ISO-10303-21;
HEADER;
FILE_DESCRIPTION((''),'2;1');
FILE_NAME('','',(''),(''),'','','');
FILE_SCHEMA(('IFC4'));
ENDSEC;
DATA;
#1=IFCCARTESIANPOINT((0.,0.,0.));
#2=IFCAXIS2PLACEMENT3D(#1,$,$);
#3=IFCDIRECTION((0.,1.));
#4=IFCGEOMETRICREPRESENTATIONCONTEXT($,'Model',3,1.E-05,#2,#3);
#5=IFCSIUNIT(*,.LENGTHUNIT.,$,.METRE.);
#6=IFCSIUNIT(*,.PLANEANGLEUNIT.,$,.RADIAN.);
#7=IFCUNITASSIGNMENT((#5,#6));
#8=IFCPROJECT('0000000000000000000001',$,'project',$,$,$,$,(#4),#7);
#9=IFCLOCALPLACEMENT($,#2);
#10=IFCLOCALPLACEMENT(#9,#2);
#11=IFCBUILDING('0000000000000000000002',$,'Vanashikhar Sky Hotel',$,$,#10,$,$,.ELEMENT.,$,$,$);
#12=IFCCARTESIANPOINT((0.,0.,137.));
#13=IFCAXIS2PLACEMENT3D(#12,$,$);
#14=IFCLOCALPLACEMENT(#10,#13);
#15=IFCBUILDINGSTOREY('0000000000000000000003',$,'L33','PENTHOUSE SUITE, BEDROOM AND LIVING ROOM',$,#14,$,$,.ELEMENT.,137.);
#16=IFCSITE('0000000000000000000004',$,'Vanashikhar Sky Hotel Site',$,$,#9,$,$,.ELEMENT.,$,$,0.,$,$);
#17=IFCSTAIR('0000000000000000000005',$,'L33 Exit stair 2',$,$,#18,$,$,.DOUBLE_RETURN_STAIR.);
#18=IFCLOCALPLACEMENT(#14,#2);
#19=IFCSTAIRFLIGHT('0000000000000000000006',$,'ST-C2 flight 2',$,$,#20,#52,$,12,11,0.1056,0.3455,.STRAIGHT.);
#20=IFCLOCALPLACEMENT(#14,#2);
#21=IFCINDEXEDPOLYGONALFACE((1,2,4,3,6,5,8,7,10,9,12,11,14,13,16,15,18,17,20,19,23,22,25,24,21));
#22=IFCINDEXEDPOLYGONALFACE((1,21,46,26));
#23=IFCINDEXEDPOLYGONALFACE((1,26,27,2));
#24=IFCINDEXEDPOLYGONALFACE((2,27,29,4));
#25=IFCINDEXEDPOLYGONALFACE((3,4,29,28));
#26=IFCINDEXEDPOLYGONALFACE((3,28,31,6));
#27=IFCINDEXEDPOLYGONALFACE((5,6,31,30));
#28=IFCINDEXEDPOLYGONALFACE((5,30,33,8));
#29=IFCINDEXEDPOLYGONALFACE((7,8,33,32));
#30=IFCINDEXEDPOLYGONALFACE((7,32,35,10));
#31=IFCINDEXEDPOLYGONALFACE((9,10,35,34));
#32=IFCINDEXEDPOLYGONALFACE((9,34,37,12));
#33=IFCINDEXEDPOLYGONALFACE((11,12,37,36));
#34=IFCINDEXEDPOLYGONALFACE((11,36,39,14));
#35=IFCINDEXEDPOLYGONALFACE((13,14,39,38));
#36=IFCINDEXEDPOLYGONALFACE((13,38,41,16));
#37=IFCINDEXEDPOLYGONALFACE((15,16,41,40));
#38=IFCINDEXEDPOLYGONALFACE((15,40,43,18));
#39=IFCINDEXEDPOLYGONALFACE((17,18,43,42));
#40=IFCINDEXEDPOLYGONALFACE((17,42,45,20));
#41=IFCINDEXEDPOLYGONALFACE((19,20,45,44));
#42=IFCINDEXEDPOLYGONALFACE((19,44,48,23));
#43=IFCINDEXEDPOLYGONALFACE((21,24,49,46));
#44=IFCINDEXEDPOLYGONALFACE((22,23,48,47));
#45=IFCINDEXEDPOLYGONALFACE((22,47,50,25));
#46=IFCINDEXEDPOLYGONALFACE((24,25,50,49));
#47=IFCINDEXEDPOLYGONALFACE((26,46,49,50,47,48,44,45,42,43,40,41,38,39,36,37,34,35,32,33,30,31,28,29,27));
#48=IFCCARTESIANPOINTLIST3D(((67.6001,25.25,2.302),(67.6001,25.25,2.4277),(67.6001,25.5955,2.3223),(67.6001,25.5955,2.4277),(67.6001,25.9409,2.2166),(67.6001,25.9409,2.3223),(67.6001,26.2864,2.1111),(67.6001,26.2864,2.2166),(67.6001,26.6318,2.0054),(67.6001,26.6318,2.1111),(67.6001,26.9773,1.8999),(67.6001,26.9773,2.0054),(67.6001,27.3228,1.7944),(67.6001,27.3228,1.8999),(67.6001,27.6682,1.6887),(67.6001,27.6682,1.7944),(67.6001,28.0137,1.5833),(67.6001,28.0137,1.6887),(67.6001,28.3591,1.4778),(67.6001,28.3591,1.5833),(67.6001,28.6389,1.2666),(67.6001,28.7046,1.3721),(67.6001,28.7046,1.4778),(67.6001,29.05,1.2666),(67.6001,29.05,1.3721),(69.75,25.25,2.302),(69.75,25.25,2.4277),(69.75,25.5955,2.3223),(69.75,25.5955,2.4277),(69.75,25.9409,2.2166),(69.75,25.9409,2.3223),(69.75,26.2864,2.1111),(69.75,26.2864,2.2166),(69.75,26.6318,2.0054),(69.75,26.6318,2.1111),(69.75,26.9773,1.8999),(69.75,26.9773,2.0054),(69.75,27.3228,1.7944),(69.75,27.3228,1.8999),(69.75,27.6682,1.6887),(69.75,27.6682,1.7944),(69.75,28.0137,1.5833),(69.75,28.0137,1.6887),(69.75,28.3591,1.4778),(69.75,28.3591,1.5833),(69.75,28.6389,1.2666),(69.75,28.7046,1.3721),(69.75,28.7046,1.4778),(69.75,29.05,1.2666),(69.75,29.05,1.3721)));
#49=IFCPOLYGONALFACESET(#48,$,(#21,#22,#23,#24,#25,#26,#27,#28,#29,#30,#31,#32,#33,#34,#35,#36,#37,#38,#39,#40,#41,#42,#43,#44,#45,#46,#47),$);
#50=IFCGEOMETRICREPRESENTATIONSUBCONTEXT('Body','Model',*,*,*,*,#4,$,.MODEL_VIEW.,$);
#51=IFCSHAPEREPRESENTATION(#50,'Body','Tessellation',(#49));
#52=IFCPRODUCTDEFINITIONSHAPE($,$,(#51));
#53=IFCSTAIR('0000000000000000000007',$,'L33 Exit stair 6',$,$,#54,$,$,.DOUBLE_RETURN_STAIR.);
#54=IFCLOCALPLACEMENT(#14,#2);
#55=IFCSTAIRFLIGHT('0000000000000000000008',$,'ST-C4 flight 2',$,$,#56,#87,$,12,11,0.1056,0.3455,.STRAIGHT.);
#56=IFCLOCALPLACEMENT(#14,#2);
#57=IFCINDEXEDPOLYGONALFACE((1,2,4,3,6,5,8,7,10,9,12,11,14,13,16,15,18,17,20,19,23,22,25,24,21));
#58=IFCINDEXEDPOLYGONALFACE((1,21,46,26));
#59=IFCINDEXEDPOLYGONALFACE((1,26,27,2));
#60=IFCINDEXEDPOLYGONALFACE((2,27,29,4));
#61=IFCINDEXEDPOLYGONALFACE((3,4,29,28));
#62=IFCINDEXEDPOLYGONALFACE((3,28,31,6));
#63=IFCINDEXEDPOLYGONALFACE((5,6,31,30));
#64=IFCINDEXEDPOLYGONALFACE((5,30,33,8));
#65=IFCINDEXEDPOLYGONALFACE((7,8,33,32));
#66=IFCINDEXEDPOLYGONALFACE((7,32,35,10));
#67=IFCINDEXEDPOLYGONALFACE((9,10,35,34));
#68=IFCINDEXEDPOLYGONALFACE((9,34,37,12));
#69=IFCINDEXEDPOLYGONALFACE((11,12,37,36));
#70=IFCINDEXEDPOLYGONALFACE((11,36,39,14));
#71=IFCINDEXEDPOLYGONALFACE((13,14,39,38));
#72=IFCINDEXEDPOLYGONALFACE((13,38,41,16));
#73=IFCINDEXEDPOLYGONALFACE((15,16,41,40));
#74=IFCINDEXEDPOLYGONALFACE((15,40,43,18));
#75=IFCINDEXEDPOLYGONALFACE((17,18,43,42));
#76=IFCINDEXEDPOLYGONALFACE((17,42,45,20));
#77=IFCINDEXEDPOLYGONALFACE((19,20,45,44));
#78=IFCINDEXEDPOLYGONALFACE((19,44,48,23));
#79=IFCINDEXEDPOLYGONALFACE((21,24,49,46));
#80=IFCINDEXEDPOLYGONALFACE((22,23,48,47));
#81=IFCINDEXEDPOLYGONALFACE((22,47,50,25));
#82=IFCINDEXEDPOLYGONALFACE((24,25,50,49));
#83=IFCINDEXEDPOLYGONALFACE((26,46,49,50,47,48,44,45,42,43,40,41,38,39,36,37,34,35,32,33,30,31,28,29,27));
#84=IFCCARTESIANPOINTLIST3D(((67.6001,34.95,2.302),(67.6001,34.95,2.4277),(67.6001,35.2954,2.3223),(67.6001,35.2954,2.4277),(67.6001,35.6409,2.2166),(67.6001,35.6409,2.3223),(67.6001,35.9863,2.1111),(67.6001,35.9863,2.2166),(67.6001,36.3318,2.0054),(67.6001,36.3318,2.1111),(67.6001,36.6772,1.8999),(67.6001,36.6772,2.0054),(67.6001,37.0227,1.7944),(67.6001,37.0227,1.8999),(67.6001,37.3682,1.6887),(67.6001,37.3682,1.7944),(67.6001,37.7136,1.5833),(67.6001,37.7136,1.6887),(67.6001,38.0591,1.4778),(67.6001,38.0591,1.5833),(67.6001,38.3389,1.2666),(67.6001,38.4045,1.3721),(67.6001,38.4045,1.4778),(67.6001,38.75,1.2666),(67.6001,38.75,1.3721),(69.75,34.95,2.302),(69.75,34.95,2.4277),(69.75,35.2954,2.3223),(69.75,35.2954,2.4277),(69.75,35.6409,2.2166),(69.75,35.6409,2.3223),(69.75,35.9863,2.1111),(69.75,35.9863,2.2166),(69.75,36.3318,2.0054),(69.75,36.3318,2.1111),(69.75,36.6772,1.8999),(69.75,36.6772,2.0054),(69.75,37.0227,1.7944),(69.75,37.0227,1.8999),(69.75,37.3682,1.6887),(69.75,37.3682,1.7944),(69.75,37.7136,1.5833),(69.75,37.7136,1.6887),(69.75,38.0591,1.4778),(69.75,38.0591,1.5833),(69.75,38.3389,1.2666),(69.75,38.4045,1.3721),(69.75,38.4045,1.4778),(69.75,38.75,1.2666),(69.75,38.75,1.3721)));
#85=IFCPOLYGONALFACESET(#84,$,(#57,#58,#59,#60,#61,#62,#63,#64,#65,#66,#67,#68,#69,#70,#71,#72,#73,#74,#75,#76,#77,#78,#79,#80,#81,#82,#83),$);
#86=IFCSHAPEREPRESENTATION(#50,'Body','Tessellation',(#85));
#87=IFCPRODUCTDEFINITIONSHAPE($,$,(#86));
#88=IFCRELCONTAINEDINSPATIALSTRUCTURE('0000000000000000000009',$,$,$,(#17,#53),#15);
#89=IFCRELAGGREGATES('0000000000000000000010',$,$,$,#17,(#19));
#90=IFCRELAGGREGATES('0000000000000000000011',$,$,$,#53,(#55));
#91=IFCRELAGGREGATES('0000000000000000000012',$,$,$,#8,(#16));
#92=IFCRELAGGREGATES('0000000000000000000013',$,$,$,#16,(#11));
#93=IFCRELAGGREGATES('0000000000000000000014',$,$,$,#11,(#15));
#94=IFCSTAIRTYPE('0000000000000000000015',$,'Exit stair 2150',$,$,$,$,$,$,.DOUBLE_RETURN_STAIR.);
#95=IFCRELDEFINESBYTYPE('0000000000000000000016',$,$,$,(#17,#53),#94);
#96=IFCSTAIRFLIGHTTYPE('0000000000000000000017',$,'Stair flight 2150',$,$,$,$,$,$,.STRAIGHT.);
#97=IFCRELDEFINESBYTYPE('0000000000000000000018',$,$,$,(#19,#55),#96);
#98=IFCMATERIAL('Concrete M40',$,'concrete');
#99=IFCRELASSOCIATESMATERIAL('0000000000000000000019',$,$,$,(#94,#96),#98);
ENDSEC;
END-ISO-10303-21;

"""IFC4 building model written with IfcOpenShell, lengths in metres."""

from ifc_helpers import new_model, si_unit, direction, frame, origin, place, context, subcontext, project, spatial, polyline, outline, extrude, source, transform, mapped, material, type_object, element, aggregate, save


model = new_model("IFC4")

# Units and contexts
model_context = context("Model", 3, precision=1e-05, world=origin(), true_north=direction((0.0, 1.0)))
body_context = subcontext(model_context, "Body", "Model", "MODEL_VIEW")
ifc_project = project(units=[si_unit("LENGTHUNIT", "METRE"), si_unit("PLANEANGLEUNIT", "RADIAN")], contexts=[model_context])

# Site, building, storey
site_placement = place(None, origin())
site = spatial("IfcSite", under=ifc_project, at=site_placement, Name="Vanashikhar Sky Hotel Site", CompositionType="ELEMENT", RefElevation=0.0)
building_placement = place(site_placement, origin())
building = spatial("IfcBuilding", under=site, at=building_placement, Name="Vanashikhar Sky Hotel", CompositionType="ELEMENT")
storey_placement = place(building_placement, frame((0.0, 0.0, 137.0)))
storey = spatial("IfcBuildingStorey", under=building, at=storey_placement, Name="L33", Description="PENTHOUSE SUITE, BEDROOM AND LIVING ROOM", CompositionType="ELEMENT", Elevation=137.0)

# Stairs, stair flights
ifc_material_1 = material(Name="Concrete M40", Category="concrete")
stair_type = type_object("IfcStairType", Name="Exit stair 2150", PredefinedType="DOUBLE_RETURN_STAIR", material=ifc_material_1)
stair_1_placement = place(storey_placement, origin())
stair_1 = element("IfcStair", 1, at=stair_1_placement, inside=storey, type_object=stair_type, Name="L33 Exit stair 2", PredefinedType="DOUBLE_RETURN_STAIR")
stair_flight_type = type_object("IfcStairFlightType", Name="Stair flight 2150", PredefinedType="STRAIGHT", material=ifc_material_1)
shared_shape_1 = source(origin(), body_context, "Body", "SweptSolid", [
    extrude(outline(polyline([(0.0, 0.0), (0.0, 0.1055), (0.3455, 0.1055), (0.3455, 0.2112), (0.6909, 0.2112), (0.6909, 0.3167), (1.0364, 0.3167), (1.0364, 0.4221), (1.3818, 0.4221), (1.3818, 0.5278), (1.7273, 0.5278), (1.7273, 0.6333), (2.0728, 0.6333), (2.0728, 0.7388), (2.4182, 0.7388), (2.4182, 0.8445), (2.7637, 0.8445), (2.7637, 0.95), (3.1091, 0.95), (3.1091, 1.0557), (3.4546, 1.0557), (3.4546, 1.1611), (3.8, 1.1611), (3.8, 1.2666), (3.8, 1.0354), (0.4111, 0.0), (0.0, 0.0)])), frame((0.0, 1.075, 0.0), z_axis=(0.0, -1.0, 0.0), x_axis=(1.0, 0.0, 0.0)), (0.0, 0.0, 1.0), 2.1499),
])
stair_flight_1_placement = place(storey_placement, frame((68.675, 29.05, 1.2666), z_axis=(0.0, 0.0, 1.0), x_axis=(0.0, -1.0, 0.0)))
stair_flight_1 = element("IfcStairFlight", 2, at=stair_flight_1_placement, type_object=stair_flight_type, Name="ST-C2 flight 2", NumberOfRisers=12, NumberOfTreads=11, PredefinedType="STRAIGHT", RiserHeight=0.1056, TreadLength=0.3455, context=body_context, shape_type="MappedRepresentation", body=[
    mapped(shared_shape_1, transform((0.0, 0.0, 0.0), scale=1.0)),
])
aggregate(stair_1, [stair_flight_1])
stair_2_placement = place(storey_placement, origin())
stair_2 = element("IfcStair", 3, at=stair_2_placement, inside=storey, type_object=stair_type, Name="L33 Exit stair 6", PredefinedType="DOUBLE_RETURN_STAIR")
stair_flight_2_placement = place(storey_placement, frame((68.675, 38.75, 1.2666), z_axis=(0.0, 0.0, 1.0), x_axis=(0.0, -1.0, 0.0)))
stair_flight_2 = element("IfcStairFlight", 4, at=stair_flight_2_placement, type_object=stair_flight_type, Name="ST-C4 flight 2", NumberOfRisers=12, NumberOfTreads=11, PredefinedType="STRAIGHT", RiserHeight=0.1056, TreadLength=0.3455, context=body_context, shape_type="MappedRepresentation", body=[
    mapped(shared_shape_1, transform((0.0, 0.0, 0.0), scale=1.0)),
])
aggregate(stair_2, [stair_flight_2])

save(model, "model.ifc")
